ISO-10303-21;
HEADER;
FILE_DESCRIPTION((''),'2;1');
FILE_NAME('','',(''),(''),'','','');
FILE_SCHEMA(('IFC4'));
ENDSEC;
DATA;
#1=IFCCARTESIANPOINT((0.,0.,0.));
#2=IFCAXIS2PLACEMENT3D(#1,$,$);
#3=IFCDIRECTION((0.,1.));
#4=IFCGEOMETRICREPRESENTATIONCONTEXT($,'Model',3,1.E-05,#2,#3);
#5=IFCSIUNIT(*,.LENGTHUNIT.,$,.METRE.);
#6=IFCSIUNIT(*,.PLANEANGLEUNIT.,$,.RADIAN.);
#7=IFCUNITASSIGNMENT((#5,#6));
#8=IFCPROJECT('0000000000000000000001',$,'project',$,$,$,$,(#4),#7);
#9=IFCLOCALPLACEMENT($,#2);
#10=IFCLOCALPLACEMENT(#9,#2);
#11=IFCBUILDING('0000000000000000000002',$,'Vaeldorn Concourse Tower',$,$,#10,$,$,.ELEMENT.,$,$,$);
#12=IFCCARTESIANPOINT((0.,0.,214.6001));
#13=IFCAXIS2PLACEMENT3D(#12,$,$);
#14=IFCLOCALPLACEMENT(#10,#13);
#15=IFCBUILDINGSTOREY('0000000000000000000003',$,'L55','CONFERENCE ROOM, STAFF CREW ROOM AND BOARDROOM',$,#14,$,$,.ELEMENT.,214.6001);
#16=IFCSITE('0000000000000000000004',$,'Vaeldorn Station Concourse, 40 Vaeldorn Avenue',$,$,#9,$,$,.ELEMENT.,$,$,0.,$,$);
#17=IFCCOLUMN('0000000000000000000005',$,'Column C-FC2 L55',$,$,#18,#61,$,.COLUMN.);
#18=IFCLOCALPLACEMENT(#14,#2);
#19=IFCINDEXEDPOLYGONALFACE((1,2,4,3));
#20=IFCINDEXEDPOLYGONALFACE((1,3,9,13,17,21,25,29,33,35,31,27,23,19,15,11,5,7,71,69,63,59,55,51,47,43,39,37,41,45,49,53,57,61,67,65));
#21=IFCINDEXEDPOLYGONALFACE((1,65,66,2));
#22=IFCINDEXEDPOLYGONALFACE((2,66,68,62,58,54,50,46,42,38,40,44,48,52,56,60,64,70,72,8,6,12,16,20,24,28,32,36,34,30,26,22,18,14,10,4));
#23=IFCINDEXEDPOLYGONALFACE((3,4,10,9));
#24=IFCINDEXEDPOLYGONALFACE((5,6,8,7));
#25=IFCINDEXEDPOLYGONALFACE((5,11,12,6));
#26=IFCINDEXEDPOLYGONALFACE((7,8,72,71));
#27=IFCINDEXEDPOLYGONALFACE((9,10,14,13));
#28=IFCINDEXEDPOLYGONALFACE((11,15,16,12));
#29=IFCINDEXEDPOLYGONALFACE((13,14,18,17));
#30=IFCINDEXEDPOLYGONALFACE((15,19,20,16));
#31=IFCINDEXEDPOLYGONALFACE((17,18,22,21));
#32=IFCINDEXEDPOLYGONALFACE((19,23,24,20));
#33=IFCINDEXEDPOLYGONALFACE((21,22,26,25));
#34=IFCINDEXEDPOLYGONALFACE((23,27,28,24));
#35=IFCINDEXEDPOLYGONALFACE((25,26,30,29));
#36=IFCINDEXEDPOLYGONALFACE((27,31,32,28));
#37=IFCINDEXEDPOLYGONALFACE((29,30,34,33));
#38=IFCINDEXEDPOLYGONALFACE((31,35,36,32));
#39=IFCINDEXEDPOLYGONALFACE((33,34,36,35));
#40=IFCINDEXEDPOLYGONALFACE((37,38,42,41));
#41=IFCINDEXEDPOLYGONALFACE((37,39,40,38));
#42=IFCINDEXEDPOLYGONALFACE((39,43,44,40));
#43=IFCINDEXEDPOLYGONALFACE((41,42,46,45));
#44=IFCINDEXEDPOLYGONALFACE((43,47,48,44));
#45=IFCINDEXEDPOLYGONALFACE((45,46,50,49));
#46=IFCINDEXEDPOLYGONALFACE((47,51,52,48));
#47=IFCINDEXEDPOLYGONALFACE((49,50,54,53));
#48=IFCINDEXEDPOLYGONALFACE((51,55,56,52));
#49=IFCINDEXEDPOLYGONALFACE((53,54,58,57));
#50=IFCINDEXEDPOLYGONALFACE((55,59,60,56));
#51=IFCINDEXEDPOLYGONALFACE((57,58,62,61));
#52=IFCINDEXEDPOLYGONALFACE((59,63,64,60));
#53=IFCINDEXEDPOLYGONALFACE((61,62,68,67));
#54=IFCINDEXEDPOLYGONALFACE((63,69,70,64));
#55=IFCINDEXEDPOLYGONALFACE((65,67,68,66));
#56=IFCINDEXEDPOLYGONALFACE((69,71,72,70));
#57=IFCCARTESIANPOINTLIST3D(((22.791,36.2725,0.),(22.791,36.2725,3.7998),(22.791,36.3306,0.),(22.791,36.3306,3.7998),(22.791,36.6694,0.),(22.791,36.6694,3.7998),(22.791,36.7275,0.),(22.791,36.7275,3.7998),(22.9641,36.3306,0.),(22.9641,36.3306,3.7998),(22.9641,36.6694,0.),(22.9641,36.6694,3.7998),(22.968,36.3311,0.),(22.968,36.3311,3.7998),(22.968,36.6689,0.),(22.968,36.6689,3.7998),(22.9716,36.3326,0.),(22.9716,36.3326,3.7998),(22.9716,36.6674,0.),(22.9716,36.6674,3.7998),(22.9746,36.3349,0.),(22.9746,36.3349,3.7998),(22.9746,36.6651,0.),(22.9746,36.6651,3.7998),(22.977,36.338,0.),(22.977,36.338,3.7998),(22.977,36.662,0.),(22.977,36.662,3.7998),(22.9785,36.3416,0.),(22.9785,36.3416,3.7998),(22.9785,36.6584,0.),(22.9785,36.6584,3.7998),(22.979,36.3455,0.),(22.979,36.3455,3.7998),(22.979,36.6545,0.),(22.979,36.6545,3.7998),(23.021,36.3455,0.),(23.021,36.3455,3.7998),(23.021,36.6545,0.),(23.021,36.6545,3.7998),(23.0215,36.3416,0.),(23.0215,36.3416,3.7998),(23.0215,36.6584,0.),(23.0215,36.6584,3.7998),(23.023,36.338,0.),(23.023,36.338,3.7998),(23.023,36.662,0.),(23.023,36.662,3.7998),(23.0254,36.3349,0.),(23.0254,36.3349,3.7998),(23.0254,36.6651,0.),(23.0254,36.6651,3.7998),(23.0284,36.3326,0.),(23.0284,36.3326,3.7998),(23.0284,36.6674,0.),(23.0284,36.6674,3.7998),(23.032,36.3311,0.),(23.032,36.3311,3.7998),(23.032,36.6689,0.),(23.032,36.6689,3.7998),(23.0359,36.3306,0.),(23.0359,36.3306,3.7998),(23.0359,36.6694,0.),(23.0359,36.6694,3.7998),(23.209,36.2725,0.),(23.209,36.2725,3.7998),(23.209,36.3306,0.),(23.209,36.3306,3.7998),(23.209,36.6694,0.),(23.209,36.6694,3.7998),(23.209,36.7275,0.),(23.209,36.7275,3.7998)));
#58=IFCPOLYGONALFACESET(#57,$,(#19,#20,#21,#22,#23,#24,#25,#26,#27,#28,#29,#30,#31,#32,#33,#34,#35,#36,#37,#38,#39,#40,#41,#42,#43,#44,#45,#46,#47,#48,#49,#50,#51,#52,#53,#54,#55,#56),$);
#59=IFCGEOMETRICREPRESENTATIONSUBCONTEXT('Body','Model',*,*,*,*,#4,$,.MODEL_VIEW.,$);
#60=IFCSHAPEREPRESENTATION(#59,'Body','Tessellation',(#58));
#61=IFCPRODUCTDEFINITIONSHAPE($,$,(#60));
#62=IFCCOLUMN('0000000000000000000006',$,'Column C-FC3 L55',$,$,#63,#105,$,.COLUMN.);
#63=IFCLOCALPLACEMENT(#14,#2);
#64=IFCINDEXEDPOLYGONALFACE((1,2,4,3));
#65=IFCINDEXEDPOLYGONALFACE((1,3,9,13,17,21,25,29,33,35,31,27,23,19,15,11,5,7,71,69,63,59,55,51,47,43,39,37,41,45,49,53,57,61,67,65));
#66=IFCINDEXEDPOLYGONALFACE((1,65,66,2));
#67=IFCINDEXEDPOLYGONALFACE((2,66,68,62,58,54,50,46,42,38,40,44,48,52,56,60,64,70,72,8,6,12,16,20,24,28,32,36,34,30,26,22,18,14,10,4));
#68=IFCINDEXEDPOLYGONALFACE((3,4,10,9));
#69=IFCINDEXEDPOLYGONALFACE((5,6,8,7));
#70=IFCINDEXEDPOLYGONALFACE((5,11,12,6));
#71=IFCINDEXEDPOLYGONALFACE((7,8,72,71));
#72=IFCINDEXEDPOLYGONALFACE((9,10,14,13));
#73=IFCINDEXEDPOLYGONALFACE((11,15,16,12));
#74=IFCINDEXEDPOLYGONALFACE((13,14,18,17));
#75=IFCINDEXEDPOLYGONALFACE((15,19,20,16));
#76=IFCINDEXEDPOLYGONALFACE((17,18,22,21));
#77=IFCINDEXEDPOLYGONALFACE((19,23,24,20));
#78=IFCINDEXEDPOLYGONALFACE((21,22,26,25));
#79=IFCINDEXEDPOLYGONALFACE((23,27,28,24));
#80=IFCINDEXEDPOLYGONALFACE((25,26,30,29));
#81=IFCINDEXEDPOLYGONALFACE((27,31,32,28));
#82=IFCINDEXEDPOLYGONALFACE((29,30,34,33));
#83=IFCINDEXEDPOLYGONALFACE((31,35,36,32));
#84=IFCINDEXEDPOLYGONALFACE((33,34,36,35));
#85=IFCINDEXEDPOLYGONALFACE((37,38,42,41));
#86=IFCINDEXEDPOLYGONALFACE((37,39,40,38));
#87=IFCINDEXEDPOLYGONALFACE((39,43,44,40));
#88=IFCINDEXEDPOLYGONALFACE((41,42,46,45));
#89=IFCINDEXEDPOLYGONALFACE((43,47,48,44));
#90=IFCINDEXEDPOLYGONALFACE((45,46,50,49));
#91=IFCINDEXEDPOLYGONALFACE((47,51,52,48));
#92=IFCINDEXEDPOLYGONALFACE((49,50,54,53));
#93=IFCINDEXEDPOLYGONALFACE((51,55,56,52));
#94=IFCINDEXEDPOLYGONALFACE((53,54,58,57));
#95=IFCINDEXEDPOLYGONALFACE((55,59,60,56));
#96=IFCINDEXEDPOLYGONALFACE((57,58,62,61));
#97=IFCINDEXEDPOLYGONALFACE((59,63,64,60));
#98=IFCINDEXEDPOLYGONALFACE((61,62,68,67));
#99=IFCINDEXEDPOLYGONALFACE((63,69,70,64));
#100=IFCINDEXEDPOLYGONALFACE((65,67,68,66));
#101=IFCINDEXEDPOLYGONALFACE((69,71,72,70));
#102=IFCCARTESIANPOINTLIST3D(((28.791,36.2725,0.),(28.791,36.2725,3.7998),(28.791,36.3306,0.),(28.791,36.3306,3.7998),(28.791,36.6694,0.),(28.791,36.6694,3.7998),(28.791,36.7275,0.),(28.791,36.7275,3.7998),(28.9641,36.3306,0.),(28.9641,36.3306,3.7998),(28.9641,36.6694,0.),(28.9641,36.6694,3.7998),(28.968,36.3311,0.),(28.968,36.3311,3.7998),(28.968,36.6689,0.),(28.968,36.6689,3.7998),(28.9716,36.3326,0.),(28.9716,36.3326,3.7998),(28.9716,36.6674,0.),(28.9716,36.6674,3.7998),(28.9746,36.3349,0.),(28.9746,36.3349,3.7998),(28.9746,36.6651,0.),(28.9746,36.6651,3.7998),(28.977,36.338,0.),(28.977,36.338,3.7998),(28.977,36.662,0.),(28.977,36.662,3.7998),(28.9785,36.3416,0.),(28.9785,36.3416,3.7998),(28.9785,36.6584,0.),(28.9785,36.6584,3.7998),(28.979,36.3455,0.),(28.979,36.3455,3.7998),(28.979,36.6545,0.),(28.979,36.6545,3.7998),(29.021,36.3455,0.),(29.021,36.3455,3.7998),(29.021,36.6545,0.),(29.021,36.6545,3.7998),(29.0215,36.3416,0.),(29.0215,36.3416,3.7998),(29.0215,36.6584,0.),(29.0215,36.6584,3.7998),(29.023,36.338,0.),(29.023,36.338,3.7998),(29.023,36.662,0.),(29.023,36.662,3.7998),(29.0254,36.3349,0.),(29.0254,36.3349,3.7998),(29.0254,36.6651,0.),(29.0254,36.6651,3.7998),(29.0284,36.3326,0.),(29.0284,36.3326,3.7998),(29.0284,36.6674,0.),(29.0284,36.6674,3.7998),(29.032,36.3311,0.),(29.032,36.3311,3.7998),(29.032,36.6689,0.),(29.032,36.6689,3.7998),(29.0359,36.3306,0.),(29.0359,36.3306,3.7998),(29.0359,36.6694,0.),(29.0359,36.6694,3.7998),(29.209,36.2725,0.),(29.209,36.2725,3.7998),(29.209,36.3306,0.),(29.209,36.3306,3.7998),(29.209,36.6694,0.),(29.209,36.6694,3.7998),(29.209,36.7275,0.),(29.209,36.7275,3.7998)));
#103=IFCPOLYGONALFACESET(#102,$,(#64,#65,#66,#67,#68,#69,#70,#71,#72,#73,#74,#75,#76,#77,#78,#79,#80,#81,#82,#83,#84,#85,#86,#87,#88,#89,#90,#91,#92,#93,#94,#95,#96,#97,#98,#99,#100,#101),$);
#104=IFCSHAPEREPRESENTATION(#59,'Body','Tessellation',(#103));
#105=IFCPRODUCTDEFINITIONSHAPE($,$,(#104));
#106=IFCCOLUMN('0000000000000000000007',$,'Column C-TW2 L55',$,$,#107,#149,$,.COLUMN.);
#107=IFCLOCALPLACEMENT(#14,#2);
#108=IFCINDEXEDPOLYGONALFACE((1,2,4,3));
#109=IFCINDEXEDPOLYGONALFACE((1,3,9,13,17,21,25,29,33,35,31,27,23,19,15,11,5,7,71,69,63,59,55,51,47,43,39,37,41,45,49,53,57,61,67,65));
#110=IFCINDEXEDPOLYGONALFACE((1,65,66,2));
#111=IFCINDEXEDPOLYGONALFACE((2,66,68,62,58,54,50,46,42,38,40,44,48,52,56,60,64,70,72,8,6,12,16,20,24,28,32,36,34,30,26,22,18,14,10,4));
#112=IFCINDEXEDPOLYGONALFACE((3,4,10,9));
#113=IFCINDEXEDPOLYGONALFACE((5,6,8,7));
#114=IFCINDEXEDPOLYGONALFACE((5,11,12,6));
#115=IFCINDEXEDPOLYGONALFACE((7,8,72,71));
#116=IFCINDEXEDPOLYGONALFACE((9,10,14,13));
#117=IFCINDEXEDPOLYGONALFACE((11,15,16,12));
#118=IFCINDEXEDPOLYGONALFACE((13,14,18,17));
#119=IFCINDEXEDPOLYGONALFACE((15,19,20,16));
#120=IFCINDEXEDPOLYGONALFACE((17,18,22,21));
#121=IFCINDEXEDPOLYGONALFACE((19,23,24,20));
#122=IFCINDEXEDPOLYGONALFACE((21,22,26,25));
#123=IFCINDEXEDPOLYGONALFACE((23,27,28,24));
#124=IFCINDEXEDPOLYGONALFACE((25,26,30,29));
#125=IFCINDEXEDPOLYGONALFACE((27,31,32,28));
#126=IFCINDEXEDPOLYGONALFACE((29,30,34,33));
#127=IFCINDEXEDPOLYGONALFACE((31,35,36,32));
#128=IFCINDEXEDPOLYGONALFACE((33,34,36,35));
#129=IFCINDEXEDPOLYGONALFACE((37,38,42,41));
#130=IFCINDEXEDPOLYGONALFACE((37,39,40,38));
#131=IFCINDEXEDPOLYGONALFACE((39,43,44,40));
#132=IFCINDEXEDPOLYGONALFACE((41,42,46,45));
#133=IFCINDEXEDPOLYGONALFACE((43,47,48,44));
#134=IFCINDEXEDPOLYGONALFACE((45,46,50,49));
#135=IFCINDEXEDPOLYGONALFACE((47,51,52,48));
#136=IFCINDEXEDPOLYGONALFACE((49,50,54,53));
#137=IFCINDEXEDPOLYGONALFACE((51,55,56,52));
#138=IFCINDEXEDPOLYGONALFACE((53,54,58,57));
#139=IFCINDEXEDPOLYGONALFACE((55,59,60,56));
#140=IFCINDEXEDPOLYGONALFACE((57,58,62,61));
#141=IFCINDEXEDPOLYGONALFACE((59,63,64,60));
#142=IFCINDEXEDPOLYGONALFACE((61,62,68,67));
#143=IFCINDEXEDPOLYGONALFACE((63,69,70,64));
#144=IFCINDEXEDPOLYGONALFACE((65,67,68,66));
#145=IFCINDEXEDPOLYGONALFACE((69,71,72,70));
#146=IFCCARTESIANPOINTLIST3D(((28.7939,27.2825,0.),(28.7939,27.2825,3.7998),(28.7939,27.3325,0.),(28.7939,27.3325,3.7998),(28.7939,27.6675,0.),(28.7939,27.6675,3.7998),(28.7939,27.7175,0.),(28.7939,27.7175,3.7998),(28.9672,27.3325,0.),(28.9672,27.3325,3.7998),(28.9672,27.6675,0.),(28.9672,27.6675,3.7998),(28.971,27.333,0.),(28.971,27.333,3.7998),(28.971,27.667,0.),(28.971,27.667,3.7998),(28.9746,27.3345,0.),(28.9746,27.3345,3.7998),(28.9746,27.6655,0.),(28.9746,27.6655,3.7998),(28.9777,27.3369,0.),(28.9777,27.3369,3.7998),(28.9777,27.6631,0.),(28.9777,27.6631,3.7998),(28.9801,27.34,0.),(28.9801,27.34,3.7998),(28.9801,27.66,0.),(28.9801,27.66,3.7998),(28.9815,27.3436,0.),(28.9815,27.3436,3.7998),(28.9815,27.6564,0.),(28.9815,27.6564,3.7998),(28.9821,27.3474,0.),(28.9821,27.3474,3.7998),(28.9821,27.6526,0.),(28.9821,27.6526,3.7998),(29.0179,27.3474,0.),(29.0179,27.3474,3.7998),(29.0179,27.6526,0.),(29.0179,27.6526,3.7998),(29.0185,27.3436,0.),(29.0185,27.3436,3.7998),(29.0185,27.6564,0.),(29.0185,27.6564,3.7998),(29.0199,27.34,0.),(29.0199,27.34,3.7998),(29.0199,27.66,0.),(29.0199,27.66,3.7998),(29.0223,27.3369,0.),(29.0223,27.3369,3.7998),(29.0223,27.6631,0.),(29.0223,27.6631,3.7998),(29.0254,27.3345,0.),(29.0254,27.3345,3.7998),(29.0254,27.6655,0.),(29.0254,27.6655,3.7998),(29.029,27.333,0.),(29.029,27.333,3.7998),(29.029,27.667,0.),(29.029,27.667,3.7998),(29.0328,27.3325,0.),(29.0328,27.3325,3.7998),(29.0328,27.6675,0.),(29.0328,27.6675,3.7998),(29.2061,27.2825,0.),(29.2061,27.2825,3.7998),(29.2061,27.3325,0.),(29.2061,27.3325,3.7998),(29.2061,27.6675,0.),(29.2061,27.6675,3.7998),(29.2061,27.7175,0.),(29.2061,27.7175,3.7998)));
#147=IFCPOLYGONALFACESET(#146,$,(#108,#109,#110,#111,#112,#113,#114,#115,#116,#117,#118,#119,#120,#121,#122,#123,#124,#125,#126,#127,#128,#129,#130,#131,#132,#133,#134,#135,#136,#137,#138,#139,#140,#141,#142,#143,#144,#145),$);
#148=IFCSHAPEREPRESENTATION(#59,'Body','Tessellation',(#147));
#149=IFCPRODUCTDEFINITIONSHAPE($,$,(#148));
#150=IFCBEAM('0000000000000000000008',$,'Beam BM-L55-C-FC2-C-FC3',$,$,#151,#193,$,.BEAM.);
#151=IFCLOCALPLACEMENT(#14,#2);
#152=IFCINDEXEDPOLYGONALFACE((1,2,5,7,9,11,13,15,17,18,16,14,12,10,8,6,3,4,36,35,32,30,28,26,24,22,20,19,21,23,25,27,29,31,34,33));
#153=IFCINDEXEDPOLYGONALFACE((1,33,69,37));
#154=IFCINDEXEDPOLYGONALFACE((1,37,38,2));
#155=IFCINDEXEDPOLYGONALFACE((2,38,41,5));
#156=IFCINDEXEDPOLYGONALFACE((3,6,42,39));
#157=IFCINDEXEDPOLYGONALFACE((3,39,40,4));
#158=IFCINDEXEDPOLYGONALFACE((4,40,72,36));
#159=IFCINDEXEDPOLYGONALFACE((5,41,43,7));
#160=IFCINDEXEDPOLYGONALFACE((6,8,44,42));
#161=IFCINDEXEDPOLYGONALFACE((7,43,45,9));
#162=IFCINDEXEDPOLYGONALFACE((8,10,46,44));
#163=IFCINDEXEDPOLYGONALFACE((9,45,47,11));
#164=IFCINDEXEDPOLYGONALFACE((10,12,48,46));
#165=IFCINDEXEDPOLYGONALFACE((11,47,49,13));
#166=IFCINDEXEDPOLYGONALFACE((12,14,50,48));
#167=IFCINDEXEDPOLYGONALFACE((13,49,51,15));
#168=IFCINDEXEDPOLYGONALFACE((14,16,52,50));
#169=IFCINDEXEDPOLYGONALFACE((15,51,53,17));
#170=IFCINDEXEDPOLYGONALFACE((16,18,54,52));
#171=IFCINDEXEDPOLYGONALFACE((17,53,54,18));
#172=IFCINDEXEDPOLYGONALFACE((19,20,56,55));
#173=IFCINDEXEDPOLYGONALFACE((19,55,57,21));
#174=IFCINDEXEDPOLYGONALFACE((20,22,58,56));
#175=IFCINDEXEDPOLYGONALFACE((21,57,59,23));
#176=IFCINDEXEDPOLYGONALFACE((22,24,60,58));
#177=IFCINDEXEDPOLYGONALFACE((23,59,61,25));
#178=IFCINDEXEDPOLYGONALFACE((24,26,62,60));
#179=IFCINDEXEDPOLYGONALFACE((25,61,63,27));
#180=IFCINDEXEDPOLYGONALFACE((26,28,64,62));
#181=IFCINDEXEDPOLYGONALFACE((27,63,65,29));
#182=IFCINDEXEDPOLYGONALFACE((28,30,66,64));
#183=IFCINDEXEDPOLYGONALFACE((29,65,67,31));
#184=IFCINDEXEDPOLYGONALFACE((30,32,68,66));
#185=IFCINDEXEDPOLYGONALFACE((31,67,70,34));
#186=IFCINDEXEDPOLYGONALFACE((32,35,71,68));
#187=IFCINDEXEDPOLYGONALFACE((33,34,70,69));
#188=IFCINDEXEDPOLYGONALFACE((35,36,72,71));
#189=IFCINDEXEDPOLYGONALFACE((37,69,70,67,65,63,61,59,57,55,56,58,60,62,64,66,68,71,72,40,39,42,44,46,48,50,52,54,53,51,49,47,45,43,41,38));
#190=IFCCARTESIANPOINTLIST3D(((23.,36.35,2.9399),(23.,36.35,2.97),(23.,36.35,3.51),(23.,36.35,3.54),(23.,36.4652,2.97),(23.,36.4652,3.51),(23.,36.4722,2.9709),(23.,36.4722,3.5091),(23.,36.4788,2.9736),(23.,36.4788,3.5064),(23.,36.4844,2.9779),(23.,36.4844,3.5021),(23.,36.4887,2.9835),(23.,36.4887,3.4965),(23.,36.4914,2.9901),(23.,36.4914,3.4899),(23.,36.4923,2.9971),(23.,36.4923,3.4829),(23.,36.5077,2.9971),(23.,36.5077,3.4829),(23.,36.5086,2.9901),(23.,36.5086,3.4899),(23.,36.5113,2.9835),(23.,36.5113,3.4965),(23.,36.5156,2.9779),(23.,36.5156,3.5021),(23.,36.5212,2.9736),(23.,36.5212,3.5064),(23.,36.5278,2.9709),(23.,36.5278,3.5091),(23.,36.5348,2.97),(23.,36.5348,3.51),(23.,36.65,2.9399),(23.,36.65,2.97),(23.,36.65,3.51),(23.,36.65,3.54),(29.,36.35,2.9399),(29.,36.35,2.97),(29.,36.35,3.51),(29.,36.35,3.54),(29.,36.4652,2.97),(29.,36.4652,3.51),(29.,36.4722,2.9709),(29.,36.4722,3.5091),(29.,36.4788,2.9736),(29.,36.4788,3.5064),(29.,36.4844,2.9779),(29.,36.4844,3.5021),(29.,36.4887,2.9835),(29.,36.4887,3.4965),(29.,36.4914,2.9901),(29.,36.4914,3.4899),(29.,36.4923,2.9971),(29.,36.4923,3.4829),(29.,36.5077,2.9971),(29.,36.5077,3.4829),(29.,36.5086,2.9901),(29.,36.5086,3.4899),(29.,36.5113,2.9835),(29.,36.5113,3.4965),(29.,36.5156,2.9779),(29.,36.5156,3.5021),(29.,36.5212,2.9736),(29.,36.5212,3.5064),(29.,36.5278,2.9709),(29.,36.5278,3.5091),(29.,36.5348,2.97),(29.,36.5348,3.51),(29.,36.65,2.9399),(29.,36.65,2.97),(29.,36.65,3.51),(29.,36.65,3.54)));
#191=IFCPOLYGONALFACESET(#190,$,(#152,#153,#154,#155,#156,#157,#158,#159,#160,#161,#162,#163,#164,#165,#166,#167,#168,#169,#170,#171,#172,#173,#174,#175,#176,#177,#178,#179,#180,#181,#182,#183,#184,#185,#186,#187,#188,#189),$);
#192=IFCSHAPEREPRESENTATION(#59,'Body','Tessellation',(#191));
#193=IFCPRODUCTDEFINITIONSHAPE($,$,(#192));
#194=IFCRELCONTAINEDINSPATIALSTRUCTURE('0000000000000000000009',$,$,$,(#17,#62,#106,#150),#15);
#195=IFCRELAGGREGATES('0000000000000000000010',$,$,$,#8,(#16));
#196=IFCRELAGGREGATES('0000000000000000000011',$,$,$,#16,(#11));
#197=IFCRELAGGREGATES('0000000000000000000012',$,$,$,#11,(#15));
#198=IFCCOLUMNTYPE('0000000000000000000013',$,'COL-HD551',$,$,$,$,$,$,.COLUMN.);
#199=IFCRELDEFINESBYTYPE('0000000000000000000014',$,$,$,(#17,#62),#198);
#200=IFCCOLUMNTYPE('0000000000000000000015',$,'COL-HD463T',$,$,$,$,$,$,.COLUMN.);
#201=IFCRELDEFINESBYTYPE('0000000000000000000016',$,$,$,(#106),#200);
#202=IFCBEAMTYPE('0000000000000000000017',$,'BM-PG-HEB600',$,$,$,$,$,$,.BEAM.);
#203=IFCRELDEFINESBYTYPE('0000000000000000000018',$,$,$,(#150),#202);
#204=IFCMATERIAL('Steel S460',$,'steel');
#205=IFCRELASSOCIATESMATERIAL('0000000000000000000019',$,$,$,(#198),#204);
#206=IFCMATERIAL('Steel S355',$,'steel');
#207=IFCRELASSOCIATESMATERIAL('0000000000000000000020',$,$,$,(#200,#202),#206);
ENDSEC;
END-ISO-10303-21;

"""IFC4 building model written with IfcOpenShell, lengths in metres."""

from ifc_helpers import new_model, si_unit, direction, frame, origin, origin_2d, place, context, subcontext, project, spatial, i_section, extrude, source, transform, mapped, material, material_profile, profile_set, type_object, element, save


model = new_model("IFC4")

# Units and contexts
model_context = context("Model", 3, precision=1e-05, world=origin(), true_north=direction((0.0, 1.0)))
body_context = subcontext(model_context, "Body", "Model", "MODEL_VIEW")
ifc_project = project(units=[si_unit("LENGTHUNIT", "METRE"), si_unit("PLANEANGLEUNIT", "RADIAN")], contexts=[model_context])

# Site, building, storey
site_placement = place(None, origin())
site = spatial("IfcSite", under=ifc_project, at=site_placement, Name="Vaeldorn Station Concourse, 40 Vaeldorn Avenue", CompositionType="ELEMENT", RefElevation=0.0)
building_placement = place(site_placement, origin())
building = spatial("IfcBuilding", under=site, at=building_placement, Name="Vaeldorn Concourse Tower", CompositionType="ELEMENT")
storey_placement = place(building_placement, frame((0.0, 0.0, 214.6001)))
storey = spatial("IfcBuildingStorey", under=building, at=storey_placement, Name="L55", Description="CONFERENCE ROOM, STAFF CREW ROOM AND BOARDROOM", CompositionType="ELEMENT", Elevation=214.6001)

# Columns
ifc_material_1 = material(Name="Steel S460", Category="steel")
ifc_material_profile_1 = material_profile(ifc_material_1, i_section(OverallWidth=0.418, OverallDepth=0.4551, WebThickness=0.042, FlangeThickness=0.0581, FilletRadius=0.0149, at=origin_2d()), Name="HD 400x551")
ifc_profile_set_1 = profile_set([ifc_material_profile_1], Name="Steel S460")
column_type_1 = type_object("IfcColumnType", Name="COL-HD551", PredefinedType="COLUMN", material=ifc_profile_set_1)
shared_shape_1 = source(origin(), body_context, "Body", "SweptSolid", [
    extrude(i_section(OverallWidth=0.418, OverallDepth=0.4551, WebThickness=0.042, FlangeThickness=0.0581, FilletRadius=0.0149, at=origin_2d()), origin(), (0.0, 0.0, 1.0), 3.7998),
])
for number, where, z_axis, x_axis, name in (
    (1, (23.0, 36.5, 0.0), (0.0, 0.0, 1.0), (1.0, 0.0, 0.0), "Column C-FC2 L55"),
    (2, (29.0, 36.5, 0.0), (0.0, 0.0, 1.0), (1.0, 0.0, 0.0), "Column C-FC3 L55"),
):
    element("IfcColumn", number, at=place(storey_placement, frame(where, z_axis=z_axis, x_axis=x_axis)), inside=storey, type_object=column_type_1, Name=name, PredefinedType="COLUMN", context=body_context, shape_type="MappedRepresentation", body=[
        mapped(shared_shape_1, transform((0.0, 0.0, 0.0), scale=1.0)),
    ])
ifc_material_2 = material(Name="Steel S355", Category="steel")
ifc_material_profile_2 = material_profile(ifc_material_2, i_section(OverallWidth=0.4121, OverallDepth=0.4351, WebThickness=0.0359, FlangeThickness=0.05, FilletRadius=0.0149, at=origin_2d()), Name="HD 400x463")
ifc_profile_set_2 = profile_set([ifc_material_profile_2], Name="Steel S355")
column_type_2 = type_object("IfcColumnType", Name="COL-HD463T", PredefinedType="COLUMN", material=ifc_profile_set_2)
shared_shape_2 = source(origin(), body_context, "Body", "SweptSolid", [
    extrude(i_section(OverallWidth=0.4121, OverallDepth=0.4351, WebThickness=0.0359, FlangeThickness=0.05, FilletRadius=0.0149, at=origin_2d()), origin(), (0.0, 0.0, 1.0), 3.7998),
])
column_placement = place(storey_placement, frame((29.0, 27.5, 0.0), z_axis=(0.0, 0.0, 1.0), x_axis=(1.0, 0.0, 0.0)))
element("IfcColumn", 3, at=column_placement, inside=storey, type_object=column_type_2, Name="Column C-TW2 L55", PredefinedType="COLUMN", context=body_context, shape_type="MappedRepresentation", body=[
    mapped(shared_shape_2, transform((0.0, 0.0, 0.0), scale=1.0)),
])

# Beam
ifc_material_profile_3 = material_profile(ifc_material_2, i_section(OverallWidth=0.3, OverallDepth=0.6001, WebThickness=0.0154, FlangeThickness=0.03, FilletRadius=0.0271, at=origin_2d()), Name="HEB 600")
ifc_profile_set_3 = profile_set([ifc_material_profile_3], Name="Steel S355")
beam_type_1 = type_object("IfcBeamType", Name="BM-PG-HEB600", PredefinedType="BEAM", material=ifc_profile_set_3)
shared_shape_3 = source(origin(), body_context, "Body", "SweptSolid", [
    extrude(i_section(OverallWidth=0.3, OverallDepth=0.6001, WebThickness=0.0154, FlangeThickness=0.03, FilletRadius=0.0271, at=origin_2d()), origin(), (0.0, 0.0, 1.0), 6.0),
])
beam_placement = place(storey_placement, frame((23.0, 36.5, 3.24), z_axis=(1.0, 0.0, 0.0), x_axis=(0.0, 1.0, 0.0)))
element("IfcBeam", 4, at=beam_placement, inside=storey, type_object=beam_type_1, Name="Beam BM-L55-C-FC2-C-FC3", PredefinedType="BEAM", context=body_context, shape_type="MappedRepresentation", body=[
    mapped(shared_shape_3, transform((0.0, 0.0, 0.0), scale=1.0)),
])

save(model, "model.ifc")
